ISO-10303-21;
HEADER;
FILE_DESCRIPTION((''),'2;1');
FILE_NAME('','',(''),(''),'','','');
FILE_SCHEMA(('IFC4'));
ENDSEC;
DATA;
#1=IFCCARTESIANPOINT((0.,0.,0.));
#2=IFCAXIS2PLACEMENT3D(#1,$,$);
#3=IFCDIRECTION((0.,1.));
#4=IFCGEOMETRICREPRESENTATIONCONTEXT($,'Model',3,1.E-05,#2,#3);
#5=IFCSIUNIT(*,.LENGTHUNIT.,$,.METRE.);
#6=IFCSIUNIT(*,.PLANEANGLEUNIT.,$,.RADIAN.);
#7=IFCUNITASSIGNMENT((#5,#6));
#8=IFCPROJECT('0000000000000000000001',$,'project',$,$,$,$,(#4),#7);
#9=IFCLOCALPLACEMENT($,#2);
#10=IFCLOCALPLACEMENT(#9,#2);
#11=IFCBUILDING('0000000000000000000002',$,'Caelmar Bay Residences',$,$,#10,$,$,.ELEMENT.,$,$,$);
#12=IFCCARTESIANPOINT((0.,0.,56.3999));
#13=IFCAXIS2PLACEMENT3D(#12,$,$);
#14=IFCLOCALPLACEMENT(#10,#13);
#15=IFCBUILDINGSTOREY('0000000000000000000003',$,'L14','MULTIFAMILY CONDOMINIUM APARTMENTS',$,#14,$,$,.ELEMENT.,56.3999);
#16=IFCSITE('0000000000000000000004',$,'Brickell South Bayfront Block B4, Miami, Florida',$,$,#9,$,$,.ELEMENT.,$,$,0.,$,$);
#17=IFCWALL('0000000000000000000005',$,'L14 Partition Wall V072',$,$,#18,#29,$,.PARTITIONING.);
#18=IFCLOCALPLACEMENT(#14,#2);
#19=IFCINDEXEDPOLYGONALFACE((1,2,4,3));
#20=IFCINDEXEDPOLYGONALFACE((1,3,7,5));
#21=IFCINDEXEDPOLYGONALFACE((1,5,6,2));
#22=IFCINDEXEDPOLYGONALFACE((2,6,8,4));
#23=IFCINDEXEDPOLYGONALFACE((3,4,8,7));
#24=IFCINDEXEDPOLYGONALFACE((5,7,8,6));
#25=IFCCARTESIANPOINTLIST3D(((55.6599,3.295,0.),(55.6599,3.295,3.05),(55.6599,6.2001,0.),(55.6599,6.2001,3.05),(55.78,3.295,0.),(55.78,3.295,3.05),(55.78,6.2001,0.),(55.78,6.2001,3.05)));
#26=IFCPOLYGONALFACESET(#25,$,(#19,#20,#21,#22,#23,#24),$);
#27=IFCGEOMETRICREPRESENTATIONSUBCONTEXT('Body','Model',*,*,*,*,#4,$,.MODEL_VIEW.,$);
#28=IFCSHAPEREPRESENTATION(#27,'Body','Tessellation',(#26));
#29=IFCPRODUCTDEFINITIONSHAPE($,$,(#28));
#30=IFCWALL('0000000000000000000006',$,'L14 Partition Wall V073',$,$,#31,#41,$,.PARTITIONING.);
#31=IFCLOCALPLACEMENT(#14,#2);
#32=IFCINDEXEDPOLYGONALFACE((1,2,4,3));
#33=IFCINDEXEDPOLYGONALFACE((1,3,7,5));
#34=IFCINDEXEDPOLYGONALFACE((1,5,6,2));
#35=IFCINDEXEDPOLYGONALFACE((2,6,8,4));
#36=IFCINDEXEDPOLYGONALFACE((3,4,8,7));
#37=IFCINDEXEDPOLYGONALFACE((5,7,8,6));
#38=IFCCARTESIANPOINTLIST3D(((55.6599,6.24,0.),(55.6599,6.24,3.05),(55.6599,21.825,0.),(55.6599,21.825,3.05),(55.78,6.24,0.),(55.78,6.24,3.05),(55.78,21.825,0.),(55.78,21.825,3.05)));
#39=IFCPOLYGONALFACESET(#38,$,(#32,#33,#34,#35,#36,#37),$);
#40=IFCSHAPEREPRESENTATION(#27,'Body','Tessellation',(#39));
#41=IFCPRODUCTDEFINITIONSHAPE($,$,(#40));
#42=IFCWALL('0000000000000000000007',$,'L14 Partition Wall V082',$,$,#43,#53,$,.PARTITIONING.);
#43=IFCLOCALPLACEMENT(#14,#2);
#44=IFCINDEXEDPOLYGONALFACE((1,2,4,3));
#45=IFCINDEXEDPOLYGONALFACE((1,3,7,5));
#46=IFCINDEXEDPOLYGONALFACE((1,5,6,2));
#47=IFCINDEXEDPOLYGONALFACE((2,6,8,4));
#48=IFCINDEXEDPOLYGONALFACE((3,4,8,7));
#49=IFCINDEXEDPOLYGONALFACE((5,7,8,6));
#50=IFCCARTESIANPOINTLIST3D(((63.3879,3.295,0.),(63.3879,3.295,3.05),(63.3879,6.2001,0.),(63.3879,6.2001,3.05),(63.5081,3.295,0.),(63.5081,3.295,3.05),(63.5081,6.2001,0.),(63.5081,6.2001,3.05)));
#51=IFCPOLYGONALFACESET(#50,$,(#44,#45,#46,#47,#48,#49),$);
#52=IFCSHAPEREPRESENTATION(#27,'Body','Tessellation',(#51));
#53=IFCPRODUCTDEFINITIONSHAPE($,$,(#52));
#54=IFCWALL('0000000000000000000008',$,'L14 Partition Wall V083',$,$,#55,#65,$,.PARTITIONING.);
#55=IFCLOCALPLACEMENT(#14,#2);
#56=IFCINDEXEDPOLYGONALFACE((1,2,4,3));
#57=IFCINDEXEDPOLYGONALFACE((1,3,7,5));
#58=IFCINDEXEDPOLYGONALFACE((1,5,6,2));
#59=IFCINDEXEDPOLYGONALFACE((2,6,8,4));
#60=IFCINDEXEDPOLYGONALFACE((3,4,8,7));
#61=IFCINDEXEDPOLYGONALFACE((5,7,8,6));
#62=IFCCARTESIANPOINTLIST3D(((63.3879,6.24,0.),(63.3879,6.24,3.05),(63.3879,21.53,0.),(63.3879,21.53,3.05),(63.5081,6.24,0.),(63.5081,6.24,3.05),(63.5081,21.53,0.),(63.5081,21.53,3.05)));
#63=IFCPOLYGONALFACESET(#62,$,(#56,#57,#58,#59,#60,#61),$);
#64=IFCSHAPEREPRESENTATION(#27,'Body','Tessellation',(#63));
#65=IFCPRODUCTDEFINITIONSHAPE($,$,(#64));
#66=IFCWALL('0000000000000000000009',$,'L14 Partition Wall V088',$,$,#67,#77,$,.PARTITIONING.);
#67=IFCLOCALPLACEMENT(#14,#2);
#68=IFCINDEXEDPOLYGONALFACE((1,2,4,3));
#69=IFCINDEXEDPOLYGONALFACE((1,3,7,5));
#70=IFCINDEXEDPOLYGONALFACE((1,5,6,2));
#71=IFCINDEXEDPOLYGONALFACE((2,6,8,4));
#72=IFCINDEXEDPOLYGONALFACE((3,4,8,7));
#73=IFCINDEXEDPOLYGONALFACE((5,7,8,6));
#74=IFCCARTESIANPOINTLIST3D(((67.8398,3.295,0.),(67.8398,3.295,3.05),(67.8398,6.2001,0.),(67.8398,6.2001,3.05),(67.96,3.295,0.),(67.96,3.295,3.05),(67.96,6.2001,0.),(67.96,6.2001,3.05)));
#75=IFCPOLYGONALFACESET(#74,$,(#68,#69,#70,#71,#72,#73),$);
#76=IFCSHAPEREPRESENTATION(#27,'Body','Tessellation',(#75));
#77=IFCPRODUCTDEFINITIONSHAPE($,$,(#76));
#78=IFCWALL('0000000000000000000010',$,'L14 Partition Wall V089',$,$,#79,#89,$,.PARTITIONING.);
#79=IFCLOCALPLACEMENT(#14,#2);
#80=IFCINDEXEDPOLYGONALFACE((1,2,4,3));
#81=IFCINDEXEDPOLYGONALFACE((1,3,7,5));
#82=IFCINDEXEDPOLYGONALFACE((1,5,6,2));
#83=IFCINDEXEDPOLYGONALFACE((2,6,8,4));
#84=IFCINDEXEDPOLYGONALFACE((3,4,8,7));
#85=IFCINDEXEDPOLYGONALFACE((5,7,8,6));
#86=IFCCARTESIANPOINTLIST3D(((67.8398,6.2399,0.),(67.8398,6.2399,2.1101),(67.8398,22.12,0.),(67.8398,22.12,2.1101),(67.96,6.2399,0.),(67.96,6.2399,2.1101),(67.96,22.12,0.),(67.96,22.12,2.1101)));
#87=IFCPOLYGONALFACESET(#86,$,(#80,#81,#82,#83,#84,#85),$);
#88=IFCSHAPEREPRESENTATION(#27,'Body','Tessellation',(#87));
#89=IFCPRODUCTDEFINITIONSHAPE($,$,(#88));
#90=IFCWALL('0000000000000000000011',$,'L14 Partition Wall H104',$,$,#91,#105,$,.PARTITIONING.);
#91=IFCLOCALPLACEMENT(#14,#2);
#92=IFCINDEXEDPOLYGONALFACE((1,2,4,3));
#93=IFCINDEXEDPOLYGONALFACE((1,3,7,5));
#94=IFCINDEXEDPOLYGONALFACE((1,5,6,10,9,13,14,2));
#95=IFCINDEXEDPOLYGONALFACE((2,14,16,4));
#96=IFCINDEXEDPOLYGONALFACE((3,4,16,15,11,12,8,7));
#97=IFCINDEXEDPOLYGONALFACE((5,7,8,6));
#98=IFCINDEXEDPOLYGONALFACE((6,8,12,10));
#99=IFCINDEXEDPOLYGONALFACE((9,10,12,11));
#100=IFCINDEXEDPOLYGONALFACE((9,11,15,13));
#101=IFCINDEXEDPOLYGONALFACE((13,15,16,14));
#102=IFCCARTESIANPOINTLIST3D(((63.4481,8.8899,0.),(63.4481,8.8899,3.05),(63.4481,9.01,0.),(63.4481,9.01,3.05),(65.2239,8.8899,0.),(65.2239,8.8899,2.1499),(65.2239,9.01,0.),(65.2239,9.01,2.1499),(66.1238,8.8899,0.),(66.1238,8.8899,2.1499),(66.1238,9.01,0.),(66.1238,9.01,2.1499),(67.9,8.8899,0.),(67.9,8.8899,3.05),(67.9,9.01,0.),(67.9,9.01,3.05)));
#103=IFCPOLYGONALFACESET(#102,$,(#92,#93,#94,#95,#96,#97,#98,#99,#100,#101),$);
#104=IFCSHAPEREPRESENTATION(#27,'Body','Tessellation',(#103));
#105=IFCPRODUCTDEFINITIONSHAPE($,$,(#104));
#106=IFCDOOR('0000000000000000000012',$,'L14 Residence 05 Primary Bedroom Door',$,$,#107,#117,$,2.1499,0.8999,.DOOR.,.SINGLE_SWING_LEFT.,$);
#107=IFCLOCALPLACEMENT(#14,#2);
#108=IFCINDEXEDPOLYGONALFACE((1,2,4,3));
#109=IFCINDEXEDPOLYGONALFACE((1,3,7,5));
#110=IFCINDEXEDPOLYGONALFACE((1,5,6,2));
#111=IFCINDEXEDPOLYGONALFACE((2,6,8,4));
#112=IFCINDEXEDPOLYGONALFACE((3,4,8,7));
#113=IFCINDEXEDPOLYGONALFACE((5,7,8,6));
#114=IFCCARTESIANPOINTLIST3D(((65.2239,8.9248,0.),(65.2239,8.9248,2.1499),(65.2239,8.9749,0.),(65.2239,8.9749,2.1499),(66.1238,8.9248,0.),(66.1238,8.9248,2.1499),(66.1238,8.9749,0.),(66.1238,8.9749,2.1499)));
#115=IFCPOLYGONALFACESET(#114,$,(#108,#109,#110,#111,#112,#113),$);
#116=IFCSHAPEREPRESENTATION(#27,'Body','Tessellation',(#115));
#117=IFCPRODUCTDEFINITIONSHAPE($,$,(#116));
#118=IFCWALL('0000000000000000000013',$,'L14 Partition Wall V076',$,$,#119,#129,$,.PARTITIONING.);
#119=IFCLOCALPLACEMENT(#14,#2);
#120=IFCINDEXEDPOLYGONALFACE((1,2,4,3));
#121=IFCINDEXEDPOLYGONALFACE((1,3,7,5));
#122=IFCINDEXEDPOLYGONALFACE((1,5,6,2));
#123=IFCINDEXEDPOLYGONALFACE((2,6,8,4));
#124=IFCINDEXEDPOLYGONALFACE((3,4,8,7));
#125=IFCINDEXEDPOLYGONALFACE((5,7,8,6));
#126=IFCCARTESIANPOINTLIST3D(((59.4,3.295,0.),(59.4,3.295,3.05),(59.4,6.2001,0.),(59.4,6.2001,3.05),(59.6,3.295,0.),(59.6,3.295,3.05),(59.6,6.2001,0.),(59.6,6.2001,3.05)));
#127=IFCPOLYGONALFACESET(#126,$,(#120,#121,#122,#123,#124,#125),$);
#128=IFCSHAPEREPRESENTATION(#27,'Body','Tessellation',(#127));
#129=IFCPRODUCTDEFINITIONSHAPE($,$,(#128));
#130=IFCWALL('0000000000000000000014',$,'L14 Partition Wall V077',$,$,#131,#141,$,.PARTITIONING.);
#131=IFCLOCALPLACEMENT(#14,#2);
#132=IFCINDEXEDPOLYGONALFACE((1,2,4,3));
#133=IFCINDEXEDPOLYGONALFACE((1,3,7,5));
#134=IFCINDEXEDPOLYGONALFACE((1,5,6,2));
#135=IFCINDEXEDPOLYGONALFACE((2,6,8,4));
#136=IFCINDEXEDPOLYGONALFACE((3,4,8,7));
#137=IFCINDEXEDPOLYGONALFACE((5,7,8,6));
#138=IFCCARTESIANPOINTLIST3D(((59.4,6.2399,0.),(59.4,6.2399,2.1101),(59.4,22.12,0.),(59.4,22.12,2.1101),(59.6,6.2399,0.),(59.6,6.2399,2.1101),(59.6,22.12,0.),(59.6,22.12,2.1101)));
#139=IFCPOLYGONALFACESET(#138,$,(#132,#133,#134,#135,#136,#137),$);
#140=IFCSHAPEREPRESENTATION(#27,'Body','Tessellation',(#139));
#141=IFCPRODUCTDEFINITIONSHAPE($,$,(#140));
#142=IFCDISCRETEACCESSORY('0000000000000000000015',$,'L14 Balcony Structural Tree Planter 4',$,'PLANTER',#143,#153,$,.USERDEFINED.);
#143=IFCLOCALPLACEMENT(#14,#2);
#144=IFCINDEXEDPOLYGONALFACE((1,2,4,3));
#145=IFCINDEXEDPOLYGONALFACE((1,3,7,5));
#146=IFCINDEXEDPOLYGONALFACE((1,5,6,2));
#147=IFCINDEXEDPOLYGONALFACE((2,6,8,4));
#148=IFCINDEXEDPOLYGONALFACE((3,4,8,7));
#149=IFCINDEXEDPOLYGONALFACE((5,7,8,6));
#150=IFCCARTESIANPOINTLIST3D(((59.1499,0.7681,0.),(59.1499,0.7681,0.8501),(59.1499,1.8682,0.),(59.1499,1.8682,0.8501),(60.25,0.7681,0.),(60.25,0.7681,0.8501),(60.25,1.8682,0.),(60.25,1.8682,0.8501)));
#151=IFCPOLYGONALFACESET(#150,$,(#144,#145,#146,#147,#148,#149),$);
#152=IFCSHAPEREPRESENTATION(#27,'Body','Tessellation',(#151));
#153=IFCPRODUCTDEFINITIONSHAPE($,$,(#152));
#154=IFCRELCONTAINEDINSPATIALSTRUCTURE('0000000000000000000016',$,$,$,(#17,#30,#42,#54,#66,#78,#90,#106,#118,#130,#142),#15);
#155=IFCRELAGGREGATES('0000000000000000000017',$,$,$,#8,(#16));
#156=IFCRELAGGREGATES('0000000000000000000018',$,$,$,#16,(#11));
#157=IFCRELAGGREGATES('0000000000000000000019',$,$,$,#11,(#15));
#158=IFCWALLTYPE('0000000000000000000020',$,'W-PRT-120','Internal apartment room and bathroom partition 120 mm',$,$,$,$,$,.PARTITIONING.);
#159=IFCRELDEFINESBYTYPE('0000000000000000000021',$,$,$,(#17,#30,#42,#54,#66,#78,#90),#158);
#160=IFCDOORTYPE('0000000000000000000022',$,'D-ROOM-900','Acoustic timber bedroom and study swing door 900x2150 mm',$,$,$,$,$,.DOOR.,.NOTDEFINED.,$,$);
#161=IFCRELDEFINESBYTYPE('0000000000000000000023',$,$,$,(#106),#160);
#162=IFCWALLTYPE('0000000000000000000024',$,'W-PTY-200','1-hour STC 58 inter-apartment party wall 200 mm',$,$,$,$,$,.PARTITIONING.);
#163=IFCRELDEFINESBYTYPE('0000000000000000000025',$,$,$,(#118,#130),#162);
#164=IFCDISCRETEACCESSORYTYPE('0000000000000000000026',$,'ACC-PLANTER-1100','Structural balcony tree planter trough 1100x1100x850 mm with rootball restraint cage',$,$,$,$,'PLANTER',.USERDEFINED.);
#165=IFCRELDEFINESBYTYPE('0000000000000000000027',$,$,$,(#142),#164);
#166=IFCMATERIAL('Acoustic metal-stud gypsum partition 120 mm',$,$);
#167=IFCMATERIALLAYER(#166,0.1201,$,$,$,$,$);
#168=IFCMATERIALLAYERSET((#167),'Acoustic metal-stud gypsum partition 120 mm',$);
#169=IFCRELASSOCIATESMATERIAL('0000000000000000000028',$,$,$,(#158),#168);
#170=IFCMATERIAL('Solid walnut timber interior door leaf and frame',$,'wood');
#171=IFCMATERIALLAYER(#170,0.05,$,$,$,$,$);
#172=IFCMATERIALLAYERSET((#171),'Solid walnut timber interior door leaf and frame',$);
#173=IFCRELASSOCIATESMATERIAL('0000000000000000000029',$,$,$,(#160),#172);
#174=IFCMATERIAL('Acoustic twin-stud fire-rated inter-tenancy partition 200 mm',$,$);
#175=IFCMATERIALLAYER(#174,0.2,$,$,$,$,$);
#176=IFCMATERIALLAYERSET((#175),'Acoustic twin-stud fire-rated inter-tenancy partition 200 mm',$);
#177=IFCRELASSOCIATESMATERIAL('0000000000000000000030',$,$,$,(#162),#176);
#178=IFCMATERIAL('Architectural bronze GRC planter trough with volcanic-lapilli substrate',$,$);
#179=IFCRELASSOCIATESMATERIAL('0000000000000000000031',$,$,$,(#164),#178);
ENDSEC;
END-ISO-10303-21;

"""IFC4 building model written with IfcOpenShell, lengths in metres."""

from ifc_helpers import new_model, si_unit, direction, frame, frame_2d, origin, origin_2d, place, context, subcontext, project, spatial, rectangle, extrude, material, layer, layer_set, type_object, element, fill, save


model = new_model("IFC4")

# Units and contexts
model_context = context("Model", 3, precision=1e-05, world=origin(), true_north=direction((0.0, 1.0)))
body_context = subcontext(model_context, "Body", "Model", "MODEL_VIEW")
ifc_project = project(units=[si_unit("LENGTHUNIT", "METRE"), si_unit("PLANEANGLEUNIT", "RADIAN")], contexts=[model_context])

# Site, building, storey
site_placement = place(None, origin())
site = spatial("IfcSite", under=ifc_project, at=site_placement, Name="Brickell South Bayfront Block B4, Miami, Florida", CompositionType="ELEMENT", RefElevation=0.0)
building_placement = place(site_placement, origin())
building = spatial("IfcBuilding", under=site, at=building_placement, Name="Caelmar Bay Residences", CompositionType="ELEMENT")
storey_placement = place(building_placement, frame((0.0, 0.0, 56.3999)))
storey = spatial("IfcBuildingStorey", under=building, at=storey_placement, Name="L14", Description="MULTIFAMILY CONDOMINIUM APARTMENTS", CompositionType="ELEMENT", Elevation=56.3999)

# Walls
ifc_material_1 = material(Name="Acoustic metal-stud gypsum partition 120 mm")
ifc_layer_1 = layer(ifc_material_1, 0.1201)
ifc_layer_set_1 = layer_set([ifc_layer_1], Name="Acoustic metal-stud gypsum partition 120 mm")
wall_type_1 = type_object("IfcWallType", Name="W-PRT-120", Description="Internal apartment room and bathroom partition 120 mm", PredefinedType="PARTITIONING", material=ifc_layer_set_1)
wall_1_placement = place(storey_placement, frame((55.72, 3.2949, 0.0), z_axis=(0.0, 0.0, 1.0), x_axis=(0.0, 1.0, 0.0)))
element("IfcWall", 1, at=wall_1_placement, inside=storey, type_object=wall_type_1, Name="L14 Partition Wall V072", PredefinedType="PARTITIONING", context=body_context, shape_type="SweptSolid", body=[
    extrude(rectangle(XDim=2.905, YDim=0.1201, at=frame_2d((1.4526, 0.0))), origin(), (0.0, 0.0, 1.0), 3.05),
])
wall_2_placement = place(storey_placement, frame((55.72, 6.24, 0.0), z_axis=(0.0, 0.0, 1.0), x_axis=(0.0, 1.0, 0.0)))
element("IfcWall", 2, at=wall_2_placement, inside=storey, type_object=wall_type_1, Name="L14 Partition Wall V073", PredefinedType="PARTITIONING", context=body_context, shape_type="SweptSolid", body=[
    extrude(rectangle(XDim=15.585, YDim=0.1201, at=frame_2d((7.7925, 0.0))), origin(), (0.0, 0.0, 1.0), 3.05),
])
wall_3_placement = place(storey_placement, frame((63.448, 3.2949, 0.0), z_axis=(0.0, 0.0, 1.0), x_axis=(0.0, 1.0, 0.0)))
element("IfcWall", 3, at=wall_3_placement, inside=storey, type_object=wall_type_1, Name="L14 Partition Wall V082", PredefinedType="PARTITIONING", context=body_context, shape_type="SweptSolid", body=[
    extrude(rectangle(XDim=2.905, YDim=0.1201, at=frame_2d((1.4526, 0.0))), origin(), (0.0, 0.0, 1.0), 3.05),
])
wall_4_placement = place(storey_placement, frame((63.448, 6.24, 0.0), z_axis=(0.0, 0.0, 1.0), x_axis=(0.0, 1.0, 0.0)))
element("IfcWall", 4, at=wall_4_placement, inside=storey, type_object=wall_type_1, Name="L14 Partition Wall V083", PredefinedType="PARTITIONING", context=body_context, shape_type="SweptSolid", body=[
    extrude(rectangle(XDim=15.29, YDim=0.1201, at=frame_2d((7.645, 0.0))), origin(), (0.0, 0.0, 1.0), 3.05),
])
wall_5_placement = place(storey_placement, frame((67.8999, 3.2949, 0.0), z_axis=(0.0, 0.0, 1.0), x_axis=(0.0, 1.0, 0.0)))
element("IfcWall", 5, at=wall_5_placement, inside=storey, type_object=wall_type_1, Name="L14 Partition Wall V088", PredefinedType="PARTITIONING", context=body_context, shape_type="SweptSolid", body=[
    extrude(rectangle(XDim=2.905, YDim=0.1201, at=frame_2d((1.4526, 0.0))), origin(), (0.0, 0.0, 1.0), 3.05),
])
wall_6_placement = place(storey_placement, frame((67.8999, 6.24, 0.0), z_axis=(0.0, 0.0, 1.0), x_axis=(0.0, 1.0, 0.0)))
element("IfcWall", 6, at=wall_6_placement, inside=storey, type_object=wall_type_1, Name="L14 Partition Wall V089", PredefinedType="PARTITIONING", context=body_context, shape_type="SweptSolid", body=[
    extrude(rectangle(XDim=15.8801, YDim=0.1201, at=frame_2d((7.9399, 0.0))), origin(), (0.0, 0.0, 1.0), 2.1101),
])

# Wall, opening, door
ifc_material_2 = material(Name="Solid walnut timber interior door leaf and frame", Category="wood")
ifc_layer_2 = layer(ifc_material_2, 0.05)
ifc_layer_set_2 = layer_set([ifc_layer_2], Name="Solid walnut timber interior door leaf and frame")
door_type = type_object("IfcDoorType", Name="D-ROOM-900", Description="Acoustic timber bedroom and study swing door 900x2150 mm", OperationType="NOTDEFINED", PredefinedType="DOOR", material=ifc_layer_set_2)
wall_7_placement = place(storey_placement, frame((63.448, 8.95, 0.0), z_axis=(0.0, 0.0, 1.0), x_axis=(1.0, 0.0, 0.0)))
wall_7 = element("IfcWall", 7, at=wall_7_placement, inside=storey, type_object=wall_type_1, Name="L14 Partition Wall H104", PredefinedType="PARTITIONING", context=body_context, shape_type="SweptSolid", body=[
    extrude(rectangle(XDim=4.4519, YDim=0.1201, at=frame_2d((2.2261, 0.0))), origin(), (0.0, 0.0, 1.0), 3.05),
])
opening_1_placement = place(wall_7_placement, frame((1.7759, 0.0, 0.0)))
opening_1 = element("IfcOpeningElement", 8, at=opening_1_placement, cuts=wall_7, PredefinedType="OPENING", context=body_context, shape_type="SweptSolid", body=[
    extrude(rectangle(XDim=0.8999, YDim=2.1499, at=frame_2d((0.45, 1.075))), frame((0.0, 0.0701, 0.0), z_axis=(0.0, -1.0, 0.0), x_axis=(1.0, 0.0, 0.0)), (0.0, 0.0, 1.0), 0.1401),
])
door_1_placement = place(opening_1_placement, origin())
door_1 = element("IfcDoor", 9, at=door_1_placement, inside=storey, type_object=door_type, Name="L14 Residence 05 Primary Bedroom Door", OperationType="SINGLE_SWING_LEFT", OverallHeight=2.1499, OverallWidth=0.8999, PredefinedType="DOOR", context=body_context, shape_type="SweptSolid", body=[
    extrude(rectangle(XDim=0.8999, YDim=2.1499, at=frame_2d((0.45, 1.075))), frame((0.0, 0.0249, 0.0), z_axis=(0.0, -1.0, 0.0), x_axis=(1.0, 0.0, 0.0)), (0.0, 0.0, 1.0), 0.05),
])
fill(opening_1, door_1)

# Walls
ifc_material_3 = material(Name="Acoustic twin-stud fire-rated inter-tenancy partition 200 mm")
ifc_layer_3 = layer(ifc_material_3, 0.2)
ifc_layer_set_3 = layer_set([ifc_layer_3], Name="Acoustic twin-stud fire-rated inter-tenancy partition 200 mm")
wall_type_2 = type_object("IfcWallType", Name="W-PTY-200", Description="1-hour STC 58 inter-apartment party wall 200 mm", PredefinedType="PARTITIONING", material=ifc_layer_set_3)
wall_8_placement = place(storey_placement, frame((59.5, 3.2949, 0.0), z_axis=(0.0, 0.0, 1.0), x_axis=(0.0, 1.0, 0.0)))
element("IfcWall", 10, at=wall_8_placement, inside=storey, type_object=wall_type_2, Name="L14 Partition Wall V076", PredefinedType="PARTITIONING", context=body_context, shape_type="SweptSolid", body=[
    extrude(rectangle(XDim=2.905, YDim=0.2, at=frame_2d((1.4526, 0.0))), origin(), (0.0, 0.0, 1.0), 3.05),
])
wall_9_placement = place(storey_placement, frame((59.5, 6.24, 0.0), z_axis=(0.0, 0.0, 1.0), x_axis=(0.0, 1.0, 0.0)))
element("IfcWall", 11, at=wall_9_placement, inside=storey, type_object=wall_type_2, Name="L14 Partition Wall V077", PredefinedType="PARTITIONING", context=body_context, shape_type="SweptSolid", body=[
    extrude(rectangle(XDim=15.8801, YDim=0.2, at=frame_2d((7.9399, 0.0))), origin(), (0.0, 0.0, 1.0), 2.1101),
])

# Discrete accessory
ifc_material_4 = material(Name="Architectural bronze GRC planter trough with volcanic-lapilli substrate")
discrete_accessory_type = type_object("IfcDiscreteAccessoryType", Name="ACC-PLANTER-1100", Description="Structural balcony tree planter trough 1100x1100x850 mm with rootball restraint cage", ElementType="PLANTER", PredefinedType="USERDEFINED", material=ifc_material_4)
discrete_accessory_placement = place(storey_placement, frame((59.7, 1.3181, 0.0), z_axis=(0.0, 0.0, 1.0), x_axis=(1.0, 0.0, 0.0)))
element("IfcDiscreteAccessory", 12, at=discrete_accessory_placement, inside=storey, type_object=discrete_accessory_type, Name="L14 Balcony Structural Tree Planter 4", ObjectType="PLANTER", PredefinedType="USERDEFINED", context=body_context, shape_type="SweptSolid", body=[
    extrude(rectangle(XDim=1.1001, YDim=1.1001, at=origin_2d()), origin(), (0.0, 0.0, 1.0), 0.8501),
])

save(model, "model.ifc")
